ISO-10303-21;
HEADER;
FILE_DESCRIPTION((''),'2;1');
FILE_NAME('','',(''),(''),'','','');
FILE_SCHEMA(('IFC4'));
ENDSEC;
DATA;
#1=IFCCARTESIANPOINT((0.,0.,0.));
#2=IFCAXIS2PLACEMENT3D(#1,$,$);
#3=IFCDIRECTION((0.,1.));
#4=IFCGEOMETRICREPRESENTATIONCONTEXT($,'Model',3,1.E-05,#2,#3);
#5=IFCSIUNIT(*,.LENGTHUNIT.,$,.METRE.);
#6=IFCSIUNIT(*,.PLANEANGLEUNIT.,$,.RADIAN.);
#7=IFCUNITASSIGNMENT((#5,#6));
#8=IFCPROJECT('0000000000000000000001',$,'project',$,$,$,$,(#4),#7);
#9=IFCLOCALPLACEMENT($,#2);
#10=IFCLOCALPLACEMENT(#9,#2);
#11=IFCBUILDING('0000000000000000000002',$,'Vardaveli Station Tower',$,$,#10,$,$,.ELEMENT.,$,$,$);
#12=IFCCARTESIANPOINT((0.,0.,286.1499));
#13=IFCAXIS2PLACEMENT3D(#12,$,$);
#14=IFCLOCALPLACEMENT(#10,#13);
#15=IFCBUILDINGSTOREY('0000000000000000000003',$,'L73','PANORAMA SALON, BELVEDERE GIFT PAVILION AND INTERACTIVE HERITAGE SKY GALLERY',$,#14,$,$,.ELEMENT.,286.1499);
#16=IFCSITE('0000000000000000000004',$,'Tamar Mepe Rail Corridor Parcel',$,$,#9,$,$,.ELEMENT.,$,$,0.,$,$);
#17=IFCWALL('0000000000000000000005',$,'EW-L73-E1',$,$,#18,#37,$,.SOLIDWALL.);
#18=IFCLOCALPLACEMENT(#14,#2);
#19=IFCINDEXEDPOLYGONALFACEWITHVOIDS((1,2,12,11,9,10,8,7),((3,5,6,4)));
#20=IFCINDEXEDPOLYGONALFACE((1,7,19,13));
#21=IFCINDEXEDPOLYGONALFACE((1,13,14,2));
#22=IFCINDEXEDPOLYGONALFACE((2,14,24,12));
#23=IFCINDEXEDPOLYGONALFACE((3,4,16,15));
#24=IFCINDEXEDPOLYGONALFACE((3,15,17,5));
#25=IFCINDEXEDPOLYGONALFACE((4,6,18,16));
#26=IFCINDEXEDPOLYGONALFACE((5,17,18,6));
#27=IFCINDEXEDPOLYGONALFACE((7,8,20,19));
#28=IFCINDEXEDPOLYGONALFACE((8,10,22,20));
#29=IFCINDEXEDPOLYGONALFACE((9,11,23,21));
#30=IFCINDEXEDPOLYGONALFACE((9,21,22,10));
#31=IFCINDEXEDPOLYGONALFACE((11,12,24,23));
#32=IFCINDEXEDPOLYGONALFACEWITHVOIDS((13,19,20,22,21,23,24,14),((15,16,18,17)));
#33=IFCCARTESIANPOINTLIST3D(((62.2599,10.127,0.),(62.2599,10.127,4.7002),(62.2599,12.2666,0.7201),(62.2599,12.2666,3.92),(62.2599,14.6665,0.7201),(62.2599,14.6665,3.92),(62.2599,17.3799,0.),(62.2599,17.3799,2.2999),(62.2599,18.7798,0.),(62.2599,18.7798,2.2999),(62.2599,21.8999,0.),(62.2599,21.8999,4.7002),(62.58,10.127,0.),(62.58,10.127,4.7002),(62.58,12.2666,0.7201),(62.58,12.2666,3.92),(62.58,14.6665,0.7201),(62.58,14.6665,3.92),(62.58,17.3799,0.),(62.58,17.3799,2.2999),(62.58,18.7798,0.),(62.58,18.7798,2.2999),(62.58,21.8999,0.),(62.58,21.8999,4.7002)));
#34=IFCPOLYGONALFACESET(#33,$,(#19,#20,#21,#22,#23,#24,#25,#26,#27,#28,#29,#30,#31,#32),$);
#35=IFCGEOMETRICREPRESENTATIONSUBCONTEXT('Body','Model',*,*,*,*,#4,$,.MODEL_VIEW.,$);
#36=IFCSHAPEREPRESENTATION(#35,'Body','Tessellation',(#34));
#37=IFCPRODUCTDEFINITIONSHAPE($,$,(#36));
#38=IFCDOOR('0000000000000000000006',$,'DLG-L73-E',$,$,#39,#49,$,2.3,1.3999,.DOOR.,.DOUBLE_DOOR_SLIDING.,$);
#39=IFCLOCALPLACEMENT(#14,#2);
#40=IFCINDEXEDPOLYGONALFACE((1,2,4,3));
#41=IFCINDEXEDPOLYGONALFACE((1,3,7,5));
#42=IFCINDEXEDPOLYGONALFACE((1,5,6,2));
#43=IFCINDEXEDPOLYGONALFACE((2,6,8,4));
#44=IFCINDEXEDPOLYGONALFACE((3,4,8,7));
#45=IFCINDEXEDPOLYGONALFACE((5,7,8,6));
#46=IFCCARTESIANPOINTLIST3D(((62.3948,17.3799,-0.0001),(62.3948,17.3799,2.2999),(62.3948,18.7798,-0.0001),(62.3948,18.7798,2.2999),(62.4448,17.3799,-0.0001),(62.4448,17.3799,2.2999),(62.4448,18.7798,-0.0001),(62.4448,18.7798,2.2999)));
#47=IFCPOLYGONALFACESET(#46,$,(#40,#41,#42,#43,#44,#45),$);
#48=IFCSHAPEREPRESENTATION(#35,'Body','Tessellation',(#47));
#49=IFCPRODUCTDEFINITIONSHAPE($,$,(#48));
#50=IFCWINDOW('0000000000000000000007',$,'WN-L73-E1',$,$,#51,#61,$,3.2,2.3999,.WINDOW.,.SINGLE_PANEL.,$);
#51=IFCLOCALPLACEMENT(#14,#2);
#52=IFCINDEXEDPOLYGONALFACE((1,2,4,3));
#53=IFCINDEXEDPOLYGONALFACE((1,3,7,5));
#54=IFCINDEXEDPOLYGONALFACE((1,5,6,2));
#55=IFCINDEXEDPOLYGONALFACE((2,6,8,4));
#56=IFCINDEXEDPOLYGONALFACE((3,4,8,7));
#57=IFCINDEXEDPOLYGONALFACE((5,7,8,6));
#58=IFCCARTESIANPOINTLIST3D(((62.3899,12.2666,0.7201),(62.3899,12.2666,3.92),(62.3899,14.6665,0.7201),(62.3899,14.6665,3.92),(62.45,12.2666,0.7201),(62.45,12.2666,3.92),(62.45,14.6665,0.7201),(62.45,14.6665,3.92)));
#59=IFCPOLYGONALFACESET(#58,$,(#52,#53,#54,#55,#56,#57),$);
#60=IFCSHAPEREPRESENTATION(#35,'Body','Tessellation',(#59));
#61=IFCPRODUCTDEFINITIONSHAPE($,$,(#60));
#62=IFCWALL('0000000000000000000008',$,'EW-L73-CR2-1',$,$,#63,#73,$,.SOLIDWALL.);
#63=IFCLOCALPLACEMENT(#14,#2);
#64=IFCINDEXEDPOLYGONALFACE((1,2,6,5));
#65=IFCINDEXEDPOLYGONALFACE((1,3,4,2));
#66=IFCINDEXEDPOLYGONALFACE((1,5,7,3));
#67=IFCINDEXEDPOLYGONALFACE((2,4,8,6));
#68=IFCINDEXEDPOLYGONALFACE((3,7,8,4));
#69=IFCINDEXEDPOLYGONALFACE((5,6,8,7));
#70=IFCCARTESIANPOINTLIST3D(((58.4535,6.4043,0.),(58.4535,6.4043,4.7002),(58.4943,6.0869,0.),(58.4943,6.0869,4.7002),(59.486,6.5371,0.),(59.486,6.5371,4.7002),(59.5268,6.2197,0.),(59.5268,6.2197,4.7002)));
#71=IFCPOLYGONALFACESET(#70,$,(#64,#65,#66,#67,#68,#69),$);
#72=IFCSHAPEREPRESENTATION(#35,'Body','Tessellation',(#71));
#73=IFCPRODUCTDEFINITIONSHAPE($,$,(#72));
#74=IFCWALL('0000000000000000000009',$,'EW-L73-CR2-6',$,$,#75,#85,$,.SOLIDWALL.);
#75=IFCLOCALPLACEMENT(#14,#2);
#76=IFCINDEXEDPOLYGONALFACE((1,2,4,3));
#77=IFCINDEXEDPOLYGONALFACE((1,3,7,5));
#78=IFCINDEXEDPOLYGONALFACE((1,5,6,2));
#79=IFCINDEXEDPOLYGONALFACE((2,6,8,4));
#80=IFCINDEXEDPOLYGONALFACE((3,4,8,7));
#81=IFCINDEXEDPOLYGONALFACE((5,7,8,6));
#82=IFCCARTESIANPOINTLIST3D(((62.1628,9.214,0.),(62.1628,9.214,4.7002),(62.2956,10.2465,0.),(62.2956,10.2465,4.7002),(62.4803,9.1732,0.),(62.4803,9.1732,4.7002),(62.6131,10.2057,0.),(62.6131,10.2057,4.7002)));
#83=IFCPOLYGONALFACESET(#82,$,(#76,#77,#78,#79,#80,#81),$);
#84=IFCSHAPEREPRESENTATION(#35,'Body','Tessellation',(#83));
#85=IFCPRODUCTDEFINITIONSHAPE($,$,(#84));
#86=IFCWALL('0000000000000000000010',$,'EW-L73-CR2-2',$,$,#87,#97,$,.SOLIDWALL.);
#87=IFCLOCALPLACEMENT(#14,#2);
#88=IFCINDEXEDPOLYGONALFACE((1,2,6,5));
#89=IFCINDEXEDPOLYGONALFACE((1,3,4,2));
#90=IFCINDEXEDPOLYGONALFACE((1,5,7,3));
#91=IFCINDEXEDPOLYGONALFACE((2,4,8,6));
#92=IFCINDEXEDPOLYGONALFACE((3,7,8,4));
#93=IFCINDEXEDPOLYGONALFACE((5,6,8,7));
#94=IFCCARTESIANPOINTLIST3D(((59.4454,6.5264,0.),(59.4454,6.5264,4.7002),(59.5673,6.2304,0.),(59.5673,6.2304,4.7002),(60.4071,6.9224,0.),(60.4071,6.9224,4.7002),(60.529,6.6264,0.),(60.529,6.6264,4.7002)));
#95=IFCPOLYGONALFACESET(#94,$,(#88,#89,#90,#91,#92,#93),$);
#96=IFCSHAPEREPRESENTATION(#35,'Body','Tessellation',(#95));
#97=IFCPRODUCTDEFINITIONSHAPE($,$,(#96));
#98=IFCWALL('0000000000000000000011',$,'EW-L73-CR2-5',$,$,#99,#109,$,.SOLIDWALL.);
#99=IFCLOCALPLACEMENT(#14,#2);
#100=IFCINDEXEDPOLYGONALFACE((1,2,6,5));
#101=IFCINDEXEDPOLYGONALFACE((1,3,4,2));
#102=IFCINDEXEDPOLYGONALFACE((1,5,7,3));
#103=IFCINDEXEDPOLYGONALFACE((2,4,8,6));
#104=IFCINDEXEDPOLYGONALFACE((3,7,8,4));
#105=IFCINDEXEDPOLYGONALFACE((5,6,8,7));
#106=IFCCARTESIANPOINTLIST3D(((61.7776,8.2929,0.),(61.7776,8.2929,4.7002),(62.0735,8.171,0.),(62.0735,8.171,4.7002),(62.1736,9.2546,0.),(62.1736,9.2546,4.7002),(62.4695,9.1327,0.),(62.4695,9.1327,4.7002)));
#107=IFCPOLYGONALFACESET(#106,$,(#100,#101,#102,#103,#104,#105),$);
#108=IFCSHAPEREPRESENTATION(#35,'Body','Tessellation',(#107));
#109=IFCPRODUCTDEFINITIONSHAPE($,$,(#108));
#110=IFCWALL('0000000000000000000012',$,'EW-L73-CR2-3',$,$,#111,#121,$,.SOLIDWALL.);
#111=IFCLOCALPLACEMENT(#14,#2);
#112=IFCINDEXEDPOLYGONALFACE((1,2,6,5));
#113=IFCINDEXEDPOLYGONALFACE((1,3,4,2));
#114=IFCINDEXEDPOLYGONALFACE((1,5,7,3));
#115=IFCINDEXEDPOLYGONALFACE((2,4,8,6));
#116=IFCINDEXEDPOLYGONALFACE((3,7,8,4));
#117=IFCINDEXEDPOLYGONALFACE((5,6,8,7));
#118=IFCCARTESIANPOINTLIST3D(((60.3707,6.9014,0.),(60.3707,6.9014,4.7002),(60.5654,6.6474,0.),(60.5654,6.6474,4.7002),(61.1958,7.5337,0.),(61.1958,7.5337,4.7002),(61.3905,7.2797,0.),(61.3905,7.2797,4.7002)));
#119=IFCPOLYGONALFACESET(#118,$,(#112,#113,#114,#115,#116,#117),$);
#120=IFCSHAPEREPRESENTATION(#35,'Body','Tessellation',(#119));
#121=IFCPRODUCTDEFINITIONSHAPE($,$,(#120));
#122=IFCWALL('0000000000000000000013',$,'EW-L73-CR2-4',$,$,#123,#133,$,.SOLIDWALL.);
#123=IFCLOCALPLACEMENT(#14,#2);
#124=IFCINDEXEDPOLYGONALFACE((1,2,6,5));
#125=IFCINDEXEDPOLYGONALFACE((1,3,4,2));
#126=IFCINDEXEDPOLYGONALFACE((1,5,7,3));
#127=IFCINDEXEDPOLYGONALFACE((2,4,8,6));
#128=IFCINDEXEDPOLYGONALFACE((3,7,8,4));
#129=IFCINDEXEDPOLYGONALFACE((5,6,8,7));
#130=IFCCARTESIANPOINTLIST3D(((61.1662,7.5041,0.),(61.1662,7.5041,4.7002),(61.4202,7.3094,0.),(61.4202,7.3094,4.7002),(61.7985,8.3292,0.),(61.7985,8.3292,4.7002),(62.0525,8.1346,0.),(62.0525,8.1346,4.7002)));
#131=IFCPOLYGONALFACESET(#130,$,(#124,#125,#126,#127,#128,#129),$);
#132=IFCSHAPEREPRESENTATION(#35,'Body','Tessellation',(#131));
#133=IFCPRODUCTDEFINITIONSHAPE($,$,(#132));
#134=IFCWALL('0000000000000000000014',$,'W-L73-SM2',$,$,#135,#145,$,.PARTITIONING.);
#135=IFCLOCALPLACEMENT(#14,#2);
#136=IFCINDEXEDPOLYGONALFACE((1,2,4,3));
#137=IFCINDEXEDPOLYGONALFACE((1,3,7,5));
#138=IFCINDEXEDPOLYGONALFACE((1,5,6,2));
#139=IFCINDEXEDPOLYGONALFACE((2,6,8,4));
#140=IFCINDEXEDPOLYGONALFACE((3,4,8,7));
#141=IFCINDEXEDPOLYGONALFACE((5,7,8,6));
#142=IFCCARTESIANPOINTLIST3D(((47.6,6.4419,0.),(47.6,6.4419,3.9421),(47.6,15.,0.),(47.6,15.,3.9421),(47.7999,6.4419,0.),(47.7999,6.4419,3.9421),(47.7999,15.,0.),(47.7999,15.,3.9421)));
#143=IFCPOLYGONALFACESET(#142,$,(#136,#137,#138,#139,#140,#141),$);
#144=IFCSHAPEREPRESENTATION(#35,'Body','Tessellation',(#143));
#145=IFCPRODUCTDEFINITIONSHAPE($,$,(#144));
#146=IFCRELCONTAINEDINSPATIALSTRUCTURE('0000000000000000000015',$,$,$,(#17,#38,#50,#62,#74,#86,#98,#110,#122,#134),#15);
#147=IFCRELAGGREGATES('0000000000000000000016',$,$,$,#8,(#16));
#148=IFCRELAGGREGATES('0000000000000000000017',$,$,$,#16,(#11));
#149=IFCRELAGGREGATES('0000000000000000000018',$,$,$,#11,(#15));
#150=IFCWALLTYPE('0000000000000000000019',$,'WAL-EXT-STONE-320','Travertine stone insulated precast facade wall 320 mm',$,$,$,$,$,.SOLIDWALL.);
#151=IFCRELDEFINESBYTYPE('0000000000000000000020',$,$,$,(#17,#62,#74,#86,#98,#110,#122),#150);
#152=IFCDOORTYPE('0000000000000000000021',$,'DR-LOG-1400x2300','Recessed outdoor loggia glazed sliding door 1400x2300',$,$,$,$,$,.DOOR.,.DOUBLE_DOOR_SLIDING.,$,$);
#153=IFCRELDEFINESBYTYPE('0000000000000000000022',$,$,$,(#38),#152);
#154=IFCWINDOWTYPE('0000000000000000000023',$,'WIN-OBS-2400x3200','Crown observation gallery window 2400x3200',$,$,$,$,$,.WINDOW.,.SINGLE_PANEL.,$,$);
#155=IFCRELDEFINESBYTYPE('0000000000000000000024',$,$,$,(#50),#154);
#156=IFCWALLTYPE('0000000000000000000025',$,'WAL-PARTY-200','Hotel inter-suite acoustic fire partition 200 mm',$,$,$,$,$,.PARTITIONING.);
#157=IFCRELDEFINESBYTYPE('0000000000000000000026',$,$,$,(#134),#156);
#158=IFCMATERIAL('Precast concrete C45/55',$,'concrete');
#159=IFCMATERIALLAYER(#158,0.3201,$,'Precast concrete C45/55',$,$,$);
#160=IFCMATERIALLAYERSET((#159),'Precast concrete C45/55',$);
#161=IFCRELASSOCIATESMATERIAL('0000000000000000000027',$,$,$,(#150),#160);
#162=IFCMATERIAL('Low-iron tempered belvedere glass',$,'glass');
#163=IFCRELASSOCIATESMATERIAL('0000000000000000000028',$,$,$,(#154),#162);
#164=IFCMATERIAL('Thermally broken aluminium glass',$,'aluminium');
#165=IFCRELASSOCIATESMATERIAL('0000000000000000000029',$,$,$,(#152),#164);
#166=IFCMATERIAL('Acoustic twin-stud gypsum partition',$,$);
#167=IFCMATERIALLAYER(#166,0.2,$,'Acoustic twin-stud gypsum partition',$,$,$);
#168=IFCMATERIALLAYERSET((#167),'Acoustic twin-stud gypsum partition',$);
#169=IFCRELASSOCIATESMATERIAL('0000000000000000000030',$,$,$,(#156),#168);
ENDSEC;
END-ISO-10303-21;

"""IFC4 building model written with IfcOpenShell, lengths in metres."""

from ifc_helpers import new_model, si_unit, direction, frame, frame_2d, origin, place, context, subcontext, project, spatial, rectangle, extrude, source, transform, mapped, material, layer, layer_set, type_object, element, fill, save


model = new_model("IFC4")

# Units and contexts
model_context = context("Model", 3, precision=1e-05, world=origin(), true_north=direction((0.0, 1.0)))
body_context = subcontext(model_context, "Body", "Model", "MODEL_VIEW")
ifc_project = project(units=[si_unit("LENGTHUNIT", "METRE"), si_unit("PLANEANGLEUNIT", "RADIAN")], contexts=[model_context])

# Site, building, storey
site_placement = place(None, origin())
site = spatial("IfcSite", under=ifc_project, at=site_placement, Name="Tamar Mepe Rail Corridor Parcel", CompositionType="ELEMENT", RefElevation=0.0)
building_placement = place(site_placement, origin())
building = spatial("IfcBuilding", under=site, at=building_placement, Name="Vardaveli Station Tower", CompositionType="ELEMENT")
storey_placement = place(building_placement, frame((0.0, 0.0, 286.1499)))
storey = spatial("IfcBuildingStorey", under=building, at=storey_placement, Name="L73", Description="PANORAMA SALON, BELVEDERE GIFT PAVILION AND INTERACTIVE HERITAGE SKY GALLERY", CompositionType="ELEMENT", Elevation=286.1499)

# Shared definitions
ifc_material_1 = material(Name="Precast concrete C45/55", Category="concrete")
ifc_layer_1 = layer(ifc_material_1, 0.3201, Name="Precast concrete C45/55")
ifc_layer_set_1 = layer_set([ifc_layer_1], Name="Precast concrete C45/55")
wall_type_1 = type_object("IfcWallType", Name="WAL-EXT-STONE-320", Description="Travertine stone insulated precast facade wall 320 mm", PredefinedType="SOLIDWALL", material=ifc_layer_set_1)
shared_shape_1 = source(origin(), body_context, "Body", "SweptSolid", [
    extrude(rectangle(XDim=11.7729, YDim=0.3201, at=frame_2d((5.8865, 0.0))), origin(), (0.0, 0.0, 1.0), 4.7002),
])
shared_shape_2 = source(origin(), body_context, "Body", "SweptSolid", [
    extrude(rectangle(XDim=2.3999, YDim=3.2, at=frame_2d((1.2, 1.6001))), frame((0.0, 0.1699, 0.0), z_axis=(0.0, -1.0, 0.0), x_axis=(1.0, 0.0, 0.0)), (0.0, 0.0, 1.0), 0.3401),
])
ifc_material_2 = material(Name="Low-iron tempered belvedere glass", Category="glass")
window_type = type_object("IfcWindowType", Name="WIN-OBS-2400x3200", Description="Crown observation gallery window 2400x3200", PartitioningType="SINGLE_PANEL", PredefinedType="WINDOW", material=ifc_material_2)
shared_shape_3 = source(origin(), body_context, "Body", "SweptSolid", [
    extrude(rectangle(XDim=2.3999, YDim=3.2, at=frame_2d((1.2, 1.6001))), frame((0.0, 0.03, 0.0), z_axis=(0.0, -1.0, 0.0), x_axis=(1.0, 0.0, 0.0)), (0.0, 0.0, 1.0), 0.0601),
])

# Wall, openings, door, window
wall_1_placement = place(storey_placement, frame((62.4199, 10.127, 0.0), z_axis=(0.0, 0.0, 1.0), x_axis=(0.0, 1.0, 0.0)))
wall_1 = element("IfcWall", 1, at=wall_1_placement, inside=storey, type_object=wall_type_1, Name="EW-L73-E1", PredefinedType="SOLIDWALL", context=body_context, shape_type="MappedRepresentation", body=[
    mapped(shared_shape_1, transform((0.0, 0.0, 0.0), scale=1.0)),
])
shared_shape_4 = source(origin(), body_context, "Body", "SweptSolid", [
    extrude(rectangle(XDim=1.3999, YDim=2.3, at=frame_2d((0.7, 1.1499))), frame((0.0, 0.1699, 0.0), z_axis=(0.0, -1.0, 0.0), x_axis=(1.0, 0.0, 0.0)), (0.0, 0.0, 1.0), 0.3401),
])
opening_1_placement = place(wall_1_placement, frame((7.2529, 0.0, 0.0)))
opening_1 = element("IfcOpeningElement", 2, at=opening_1_placement, cuts=wall_1, PredefinedType="OPENING", context=body_context, shape_type="MappedRepresentation", body=[
    mapped(shared_shape_4, transform((0.0, 0.0, 0.0), scale=1.0)),
])
opening_2_placement = place(wall_1_placement, frame((2.1396, 0.0, 0.72)))
opening_2 = element("IfcOpeningElement", 3, at=opening_2_placement, cuts=wall_1, PredefinedType="OPENING", context=body_context, shape_type="MappedRepresentation", body=[
    mapped(shared_shape_2, transform((0.0, 0.0, 0.0), scale=1.0)),
])
ifc_material_3 = material(Name="Thermally broken aluminium glass", Category="aluminium")
door_type = type_object("IfcDoorType", Name="DR-LOG-1400x2300", Description="Recessed outdoor loggia glazed sliding door 1400x2300", OperationType="DOUBLE_DOOR_SLIDING", PredefinedType="DOOR", material=ifc_material_3)
shared_shape_5 = source(origin(), body_context, "Body", "SweptSolid", [
    extrude(rectangle(XDim=1.3999, YDim=2.3, at=frame_2d((0.7, 1.1499))), frame((0.0, 0.0249, 0.0), z_axis=(0.0, -1.0, 0.0), x_axis=(1.0, 0.0, 0.0)), (0.0, 0.0, 1.0), 0.05),
])
door_placement = place(opening_1_placement, frame((1.3999, 0.0, 0.0), z_axis=(0.0, 0.0, 1.0), x_axis=(-1.0, 0.0, 0.0)))
door = element("IfcDoor", 4, at=door_placement, inside=storey, type_object=door_type, Name="DLG-L73-E", OperationType="DOUBLE_DOOR_SLIDING", OverallHeight=2.3, OverallWidth=1.3999, PredefinedType="DOOR", context=body_context, shape_type="MappedRepresentation", body=[
    mapped(shared_shape_5, transform((0.0, 0.0, 0.0), scale=1.0)),
])
fill(opening_1, door)
window_1_placement = place(opening_2_placement, origin())
window_1 = element("IfcWindow", 5, at=window_1_placement, inside=storey, type_object=window_type, Name="WN-L73-E1", OverallHeight=3.2, OverallWidth=2.3999, PartitioningType="SINGLE_PANEL", PredefinedType="WINDOW", context=body_context, shape_type="MappedRepresentation", body=[
    mapped(shared_shape_3, transform((0.0, 0.0, 0.0), scale=1.0)),
])
fill(opening_2, window_1)

# Walls
shared_shape_6 = source(origin(), body_context, "Body", "SweptSolid", [
    extrude(rectangle(XDim=1.041, YDim=0.3201, at=frame_2d((0.5205, 0.0))), origin(), (0.0, 0.0, 1.0), 4.7002),
])
for number, where, z_axis, x_axis, name in (
    (6, (58.4739, 6.2456, 0.0), (0.0, 0.0, 1.0), (0.991828, 0.127584, 0.0), "EW-L73-CR2-1"),
    (7, (62.3215, 9.1936, 0.0), (0.0, 0.0, 1.0), (0.127584, 0.991828, 0.0), "EW-L73-CR2-6"),
):
    element("IfcWall", number, at=place(storey_placement, frame(where, z_axis=z_axis, x_axis=x_axis)), inside=storey, type_object=wall_type_1, Name=name, PredefinedType="SOLIDWALL", context=body_context, shape_type="MappedRepresentation", body=[
        mapped(shared_shape_6, transform((0.0, 0.0, 0.0), scale=1.0)),
    ])
shared_shape_7 = source(origin(), body_context, "Body", "SweptSolid", [
    extrude(rectangle(XDim=1.04, YDim=0.3201, at=frame_2d((0.52, 0.0))), origin(), (0.0, 0.0, 1.0), 4.7002),
])
for number, where, z_axis, x_axis, name in (
    (8, (59.5063, 6.3784, 0.0), (0.0, 0.0, 1.0), (0.924673, 0.380762, 0.0), "EW-L73-CR2-2"),
    (9, (61.9255, 8.2319, 0.0), (0.0, 0.0, 1.0), (0.380762, 0.924673, 0.0), "EW-L73-CR2-5"),
):
    element("IfcWall", number, at=place(storey_placement, frame(where, z_axis=z_axis, x_axis=x_axis)), inside=storey, type_object=wall_type_1, Name=name, PredefinedType="SOLIDWALL", context=body_context, shape_type="MappedRepresentation", body=[
        mapped(shared_shape_7, transform((0.0, 0.0, 0.0), scale=1.0)),
    ])
shared_shape_8 = source(origin(), body_context, "Body", "SweptSolid", [
    extrude(rectangle(XDim=1.0396, YDim=0.3201, at=frame_2d((0.5198, 0.0))), origin(), (0.0, 0.0, 1.0), 4.7002),
])
for number, where, z_axis, x_axis, name in (
    (10, (60.468, 6.7744, 0.0), (0.0, 0.0, 1.0), (0.793758, 0.608234, 0.0), "EW-L73-CR2-3"),
    (11, (61.2932, 7.4067, 0.0), (0.0, 0.0, 1.0), (0.608234, 0.793758, 0.0), "EW-L73-CR2-4"),
):
    element("IfcWall", number, at=place(storey_placement, frame(where, z_axis=z_axis, x_axis=x_axis)), inside=storey, type_object=wall_type_1, Name=name, PredefinedType="SOLIDWALL", context=body_context, shape_type="MappedRepresentation", body=[
        mapped(shared_shape_8, transform((0.0, 0.0, 0.0), scale=1.0)),
    ])
ifc_material_4 = material(Name="Acoustic twin-stud gypsum partition")
ifc_layer_2 = layer(ifc_material_4, 0.2, Name="Acoustic twin-stud gypsum partition")
ifc_layer_set_2 = layer_set([ifc_layer_2], Name="Acoustic twin-stud gypsum partition")
wall_type_2 = type_object("IfcWallType", Name="WAL-PARTY-200", Description="Hotel inter-suite acoustic fire partition 200 mm", PredefinedType="PARTITIONING", material=ifc_layer_set_2)
shared_shape_9 = source(origin(), body_context, "Body", "SweptSolid", [
    extrude(rectangle(XDim=8.5581, YDim=0.2, at=frame_2d((4.2791, 0.0))), origin(), (0.0, 0.0, 1.0), 3.9421),
])
wall_2_placement = place(storey_placement, frame((47.7, 6.4419, 0.0), z_axis=(0.0, 0.0, 1.0), x_axis=(0.0, 1.0, 0.0)))
element("IfcWall", 12, at=wall_2_placement, inside=storey, type_object=wall_type_2, Name="W-L73-SM2", PredefinedType="PARTITIONING", context=body_context, shape_type="MappedRepresentation", body=[
    mapped(shared_shape_9, transform((0.0, 0.0, 0.0), scale=1.0)),
])

save(model, "model.ifc")
